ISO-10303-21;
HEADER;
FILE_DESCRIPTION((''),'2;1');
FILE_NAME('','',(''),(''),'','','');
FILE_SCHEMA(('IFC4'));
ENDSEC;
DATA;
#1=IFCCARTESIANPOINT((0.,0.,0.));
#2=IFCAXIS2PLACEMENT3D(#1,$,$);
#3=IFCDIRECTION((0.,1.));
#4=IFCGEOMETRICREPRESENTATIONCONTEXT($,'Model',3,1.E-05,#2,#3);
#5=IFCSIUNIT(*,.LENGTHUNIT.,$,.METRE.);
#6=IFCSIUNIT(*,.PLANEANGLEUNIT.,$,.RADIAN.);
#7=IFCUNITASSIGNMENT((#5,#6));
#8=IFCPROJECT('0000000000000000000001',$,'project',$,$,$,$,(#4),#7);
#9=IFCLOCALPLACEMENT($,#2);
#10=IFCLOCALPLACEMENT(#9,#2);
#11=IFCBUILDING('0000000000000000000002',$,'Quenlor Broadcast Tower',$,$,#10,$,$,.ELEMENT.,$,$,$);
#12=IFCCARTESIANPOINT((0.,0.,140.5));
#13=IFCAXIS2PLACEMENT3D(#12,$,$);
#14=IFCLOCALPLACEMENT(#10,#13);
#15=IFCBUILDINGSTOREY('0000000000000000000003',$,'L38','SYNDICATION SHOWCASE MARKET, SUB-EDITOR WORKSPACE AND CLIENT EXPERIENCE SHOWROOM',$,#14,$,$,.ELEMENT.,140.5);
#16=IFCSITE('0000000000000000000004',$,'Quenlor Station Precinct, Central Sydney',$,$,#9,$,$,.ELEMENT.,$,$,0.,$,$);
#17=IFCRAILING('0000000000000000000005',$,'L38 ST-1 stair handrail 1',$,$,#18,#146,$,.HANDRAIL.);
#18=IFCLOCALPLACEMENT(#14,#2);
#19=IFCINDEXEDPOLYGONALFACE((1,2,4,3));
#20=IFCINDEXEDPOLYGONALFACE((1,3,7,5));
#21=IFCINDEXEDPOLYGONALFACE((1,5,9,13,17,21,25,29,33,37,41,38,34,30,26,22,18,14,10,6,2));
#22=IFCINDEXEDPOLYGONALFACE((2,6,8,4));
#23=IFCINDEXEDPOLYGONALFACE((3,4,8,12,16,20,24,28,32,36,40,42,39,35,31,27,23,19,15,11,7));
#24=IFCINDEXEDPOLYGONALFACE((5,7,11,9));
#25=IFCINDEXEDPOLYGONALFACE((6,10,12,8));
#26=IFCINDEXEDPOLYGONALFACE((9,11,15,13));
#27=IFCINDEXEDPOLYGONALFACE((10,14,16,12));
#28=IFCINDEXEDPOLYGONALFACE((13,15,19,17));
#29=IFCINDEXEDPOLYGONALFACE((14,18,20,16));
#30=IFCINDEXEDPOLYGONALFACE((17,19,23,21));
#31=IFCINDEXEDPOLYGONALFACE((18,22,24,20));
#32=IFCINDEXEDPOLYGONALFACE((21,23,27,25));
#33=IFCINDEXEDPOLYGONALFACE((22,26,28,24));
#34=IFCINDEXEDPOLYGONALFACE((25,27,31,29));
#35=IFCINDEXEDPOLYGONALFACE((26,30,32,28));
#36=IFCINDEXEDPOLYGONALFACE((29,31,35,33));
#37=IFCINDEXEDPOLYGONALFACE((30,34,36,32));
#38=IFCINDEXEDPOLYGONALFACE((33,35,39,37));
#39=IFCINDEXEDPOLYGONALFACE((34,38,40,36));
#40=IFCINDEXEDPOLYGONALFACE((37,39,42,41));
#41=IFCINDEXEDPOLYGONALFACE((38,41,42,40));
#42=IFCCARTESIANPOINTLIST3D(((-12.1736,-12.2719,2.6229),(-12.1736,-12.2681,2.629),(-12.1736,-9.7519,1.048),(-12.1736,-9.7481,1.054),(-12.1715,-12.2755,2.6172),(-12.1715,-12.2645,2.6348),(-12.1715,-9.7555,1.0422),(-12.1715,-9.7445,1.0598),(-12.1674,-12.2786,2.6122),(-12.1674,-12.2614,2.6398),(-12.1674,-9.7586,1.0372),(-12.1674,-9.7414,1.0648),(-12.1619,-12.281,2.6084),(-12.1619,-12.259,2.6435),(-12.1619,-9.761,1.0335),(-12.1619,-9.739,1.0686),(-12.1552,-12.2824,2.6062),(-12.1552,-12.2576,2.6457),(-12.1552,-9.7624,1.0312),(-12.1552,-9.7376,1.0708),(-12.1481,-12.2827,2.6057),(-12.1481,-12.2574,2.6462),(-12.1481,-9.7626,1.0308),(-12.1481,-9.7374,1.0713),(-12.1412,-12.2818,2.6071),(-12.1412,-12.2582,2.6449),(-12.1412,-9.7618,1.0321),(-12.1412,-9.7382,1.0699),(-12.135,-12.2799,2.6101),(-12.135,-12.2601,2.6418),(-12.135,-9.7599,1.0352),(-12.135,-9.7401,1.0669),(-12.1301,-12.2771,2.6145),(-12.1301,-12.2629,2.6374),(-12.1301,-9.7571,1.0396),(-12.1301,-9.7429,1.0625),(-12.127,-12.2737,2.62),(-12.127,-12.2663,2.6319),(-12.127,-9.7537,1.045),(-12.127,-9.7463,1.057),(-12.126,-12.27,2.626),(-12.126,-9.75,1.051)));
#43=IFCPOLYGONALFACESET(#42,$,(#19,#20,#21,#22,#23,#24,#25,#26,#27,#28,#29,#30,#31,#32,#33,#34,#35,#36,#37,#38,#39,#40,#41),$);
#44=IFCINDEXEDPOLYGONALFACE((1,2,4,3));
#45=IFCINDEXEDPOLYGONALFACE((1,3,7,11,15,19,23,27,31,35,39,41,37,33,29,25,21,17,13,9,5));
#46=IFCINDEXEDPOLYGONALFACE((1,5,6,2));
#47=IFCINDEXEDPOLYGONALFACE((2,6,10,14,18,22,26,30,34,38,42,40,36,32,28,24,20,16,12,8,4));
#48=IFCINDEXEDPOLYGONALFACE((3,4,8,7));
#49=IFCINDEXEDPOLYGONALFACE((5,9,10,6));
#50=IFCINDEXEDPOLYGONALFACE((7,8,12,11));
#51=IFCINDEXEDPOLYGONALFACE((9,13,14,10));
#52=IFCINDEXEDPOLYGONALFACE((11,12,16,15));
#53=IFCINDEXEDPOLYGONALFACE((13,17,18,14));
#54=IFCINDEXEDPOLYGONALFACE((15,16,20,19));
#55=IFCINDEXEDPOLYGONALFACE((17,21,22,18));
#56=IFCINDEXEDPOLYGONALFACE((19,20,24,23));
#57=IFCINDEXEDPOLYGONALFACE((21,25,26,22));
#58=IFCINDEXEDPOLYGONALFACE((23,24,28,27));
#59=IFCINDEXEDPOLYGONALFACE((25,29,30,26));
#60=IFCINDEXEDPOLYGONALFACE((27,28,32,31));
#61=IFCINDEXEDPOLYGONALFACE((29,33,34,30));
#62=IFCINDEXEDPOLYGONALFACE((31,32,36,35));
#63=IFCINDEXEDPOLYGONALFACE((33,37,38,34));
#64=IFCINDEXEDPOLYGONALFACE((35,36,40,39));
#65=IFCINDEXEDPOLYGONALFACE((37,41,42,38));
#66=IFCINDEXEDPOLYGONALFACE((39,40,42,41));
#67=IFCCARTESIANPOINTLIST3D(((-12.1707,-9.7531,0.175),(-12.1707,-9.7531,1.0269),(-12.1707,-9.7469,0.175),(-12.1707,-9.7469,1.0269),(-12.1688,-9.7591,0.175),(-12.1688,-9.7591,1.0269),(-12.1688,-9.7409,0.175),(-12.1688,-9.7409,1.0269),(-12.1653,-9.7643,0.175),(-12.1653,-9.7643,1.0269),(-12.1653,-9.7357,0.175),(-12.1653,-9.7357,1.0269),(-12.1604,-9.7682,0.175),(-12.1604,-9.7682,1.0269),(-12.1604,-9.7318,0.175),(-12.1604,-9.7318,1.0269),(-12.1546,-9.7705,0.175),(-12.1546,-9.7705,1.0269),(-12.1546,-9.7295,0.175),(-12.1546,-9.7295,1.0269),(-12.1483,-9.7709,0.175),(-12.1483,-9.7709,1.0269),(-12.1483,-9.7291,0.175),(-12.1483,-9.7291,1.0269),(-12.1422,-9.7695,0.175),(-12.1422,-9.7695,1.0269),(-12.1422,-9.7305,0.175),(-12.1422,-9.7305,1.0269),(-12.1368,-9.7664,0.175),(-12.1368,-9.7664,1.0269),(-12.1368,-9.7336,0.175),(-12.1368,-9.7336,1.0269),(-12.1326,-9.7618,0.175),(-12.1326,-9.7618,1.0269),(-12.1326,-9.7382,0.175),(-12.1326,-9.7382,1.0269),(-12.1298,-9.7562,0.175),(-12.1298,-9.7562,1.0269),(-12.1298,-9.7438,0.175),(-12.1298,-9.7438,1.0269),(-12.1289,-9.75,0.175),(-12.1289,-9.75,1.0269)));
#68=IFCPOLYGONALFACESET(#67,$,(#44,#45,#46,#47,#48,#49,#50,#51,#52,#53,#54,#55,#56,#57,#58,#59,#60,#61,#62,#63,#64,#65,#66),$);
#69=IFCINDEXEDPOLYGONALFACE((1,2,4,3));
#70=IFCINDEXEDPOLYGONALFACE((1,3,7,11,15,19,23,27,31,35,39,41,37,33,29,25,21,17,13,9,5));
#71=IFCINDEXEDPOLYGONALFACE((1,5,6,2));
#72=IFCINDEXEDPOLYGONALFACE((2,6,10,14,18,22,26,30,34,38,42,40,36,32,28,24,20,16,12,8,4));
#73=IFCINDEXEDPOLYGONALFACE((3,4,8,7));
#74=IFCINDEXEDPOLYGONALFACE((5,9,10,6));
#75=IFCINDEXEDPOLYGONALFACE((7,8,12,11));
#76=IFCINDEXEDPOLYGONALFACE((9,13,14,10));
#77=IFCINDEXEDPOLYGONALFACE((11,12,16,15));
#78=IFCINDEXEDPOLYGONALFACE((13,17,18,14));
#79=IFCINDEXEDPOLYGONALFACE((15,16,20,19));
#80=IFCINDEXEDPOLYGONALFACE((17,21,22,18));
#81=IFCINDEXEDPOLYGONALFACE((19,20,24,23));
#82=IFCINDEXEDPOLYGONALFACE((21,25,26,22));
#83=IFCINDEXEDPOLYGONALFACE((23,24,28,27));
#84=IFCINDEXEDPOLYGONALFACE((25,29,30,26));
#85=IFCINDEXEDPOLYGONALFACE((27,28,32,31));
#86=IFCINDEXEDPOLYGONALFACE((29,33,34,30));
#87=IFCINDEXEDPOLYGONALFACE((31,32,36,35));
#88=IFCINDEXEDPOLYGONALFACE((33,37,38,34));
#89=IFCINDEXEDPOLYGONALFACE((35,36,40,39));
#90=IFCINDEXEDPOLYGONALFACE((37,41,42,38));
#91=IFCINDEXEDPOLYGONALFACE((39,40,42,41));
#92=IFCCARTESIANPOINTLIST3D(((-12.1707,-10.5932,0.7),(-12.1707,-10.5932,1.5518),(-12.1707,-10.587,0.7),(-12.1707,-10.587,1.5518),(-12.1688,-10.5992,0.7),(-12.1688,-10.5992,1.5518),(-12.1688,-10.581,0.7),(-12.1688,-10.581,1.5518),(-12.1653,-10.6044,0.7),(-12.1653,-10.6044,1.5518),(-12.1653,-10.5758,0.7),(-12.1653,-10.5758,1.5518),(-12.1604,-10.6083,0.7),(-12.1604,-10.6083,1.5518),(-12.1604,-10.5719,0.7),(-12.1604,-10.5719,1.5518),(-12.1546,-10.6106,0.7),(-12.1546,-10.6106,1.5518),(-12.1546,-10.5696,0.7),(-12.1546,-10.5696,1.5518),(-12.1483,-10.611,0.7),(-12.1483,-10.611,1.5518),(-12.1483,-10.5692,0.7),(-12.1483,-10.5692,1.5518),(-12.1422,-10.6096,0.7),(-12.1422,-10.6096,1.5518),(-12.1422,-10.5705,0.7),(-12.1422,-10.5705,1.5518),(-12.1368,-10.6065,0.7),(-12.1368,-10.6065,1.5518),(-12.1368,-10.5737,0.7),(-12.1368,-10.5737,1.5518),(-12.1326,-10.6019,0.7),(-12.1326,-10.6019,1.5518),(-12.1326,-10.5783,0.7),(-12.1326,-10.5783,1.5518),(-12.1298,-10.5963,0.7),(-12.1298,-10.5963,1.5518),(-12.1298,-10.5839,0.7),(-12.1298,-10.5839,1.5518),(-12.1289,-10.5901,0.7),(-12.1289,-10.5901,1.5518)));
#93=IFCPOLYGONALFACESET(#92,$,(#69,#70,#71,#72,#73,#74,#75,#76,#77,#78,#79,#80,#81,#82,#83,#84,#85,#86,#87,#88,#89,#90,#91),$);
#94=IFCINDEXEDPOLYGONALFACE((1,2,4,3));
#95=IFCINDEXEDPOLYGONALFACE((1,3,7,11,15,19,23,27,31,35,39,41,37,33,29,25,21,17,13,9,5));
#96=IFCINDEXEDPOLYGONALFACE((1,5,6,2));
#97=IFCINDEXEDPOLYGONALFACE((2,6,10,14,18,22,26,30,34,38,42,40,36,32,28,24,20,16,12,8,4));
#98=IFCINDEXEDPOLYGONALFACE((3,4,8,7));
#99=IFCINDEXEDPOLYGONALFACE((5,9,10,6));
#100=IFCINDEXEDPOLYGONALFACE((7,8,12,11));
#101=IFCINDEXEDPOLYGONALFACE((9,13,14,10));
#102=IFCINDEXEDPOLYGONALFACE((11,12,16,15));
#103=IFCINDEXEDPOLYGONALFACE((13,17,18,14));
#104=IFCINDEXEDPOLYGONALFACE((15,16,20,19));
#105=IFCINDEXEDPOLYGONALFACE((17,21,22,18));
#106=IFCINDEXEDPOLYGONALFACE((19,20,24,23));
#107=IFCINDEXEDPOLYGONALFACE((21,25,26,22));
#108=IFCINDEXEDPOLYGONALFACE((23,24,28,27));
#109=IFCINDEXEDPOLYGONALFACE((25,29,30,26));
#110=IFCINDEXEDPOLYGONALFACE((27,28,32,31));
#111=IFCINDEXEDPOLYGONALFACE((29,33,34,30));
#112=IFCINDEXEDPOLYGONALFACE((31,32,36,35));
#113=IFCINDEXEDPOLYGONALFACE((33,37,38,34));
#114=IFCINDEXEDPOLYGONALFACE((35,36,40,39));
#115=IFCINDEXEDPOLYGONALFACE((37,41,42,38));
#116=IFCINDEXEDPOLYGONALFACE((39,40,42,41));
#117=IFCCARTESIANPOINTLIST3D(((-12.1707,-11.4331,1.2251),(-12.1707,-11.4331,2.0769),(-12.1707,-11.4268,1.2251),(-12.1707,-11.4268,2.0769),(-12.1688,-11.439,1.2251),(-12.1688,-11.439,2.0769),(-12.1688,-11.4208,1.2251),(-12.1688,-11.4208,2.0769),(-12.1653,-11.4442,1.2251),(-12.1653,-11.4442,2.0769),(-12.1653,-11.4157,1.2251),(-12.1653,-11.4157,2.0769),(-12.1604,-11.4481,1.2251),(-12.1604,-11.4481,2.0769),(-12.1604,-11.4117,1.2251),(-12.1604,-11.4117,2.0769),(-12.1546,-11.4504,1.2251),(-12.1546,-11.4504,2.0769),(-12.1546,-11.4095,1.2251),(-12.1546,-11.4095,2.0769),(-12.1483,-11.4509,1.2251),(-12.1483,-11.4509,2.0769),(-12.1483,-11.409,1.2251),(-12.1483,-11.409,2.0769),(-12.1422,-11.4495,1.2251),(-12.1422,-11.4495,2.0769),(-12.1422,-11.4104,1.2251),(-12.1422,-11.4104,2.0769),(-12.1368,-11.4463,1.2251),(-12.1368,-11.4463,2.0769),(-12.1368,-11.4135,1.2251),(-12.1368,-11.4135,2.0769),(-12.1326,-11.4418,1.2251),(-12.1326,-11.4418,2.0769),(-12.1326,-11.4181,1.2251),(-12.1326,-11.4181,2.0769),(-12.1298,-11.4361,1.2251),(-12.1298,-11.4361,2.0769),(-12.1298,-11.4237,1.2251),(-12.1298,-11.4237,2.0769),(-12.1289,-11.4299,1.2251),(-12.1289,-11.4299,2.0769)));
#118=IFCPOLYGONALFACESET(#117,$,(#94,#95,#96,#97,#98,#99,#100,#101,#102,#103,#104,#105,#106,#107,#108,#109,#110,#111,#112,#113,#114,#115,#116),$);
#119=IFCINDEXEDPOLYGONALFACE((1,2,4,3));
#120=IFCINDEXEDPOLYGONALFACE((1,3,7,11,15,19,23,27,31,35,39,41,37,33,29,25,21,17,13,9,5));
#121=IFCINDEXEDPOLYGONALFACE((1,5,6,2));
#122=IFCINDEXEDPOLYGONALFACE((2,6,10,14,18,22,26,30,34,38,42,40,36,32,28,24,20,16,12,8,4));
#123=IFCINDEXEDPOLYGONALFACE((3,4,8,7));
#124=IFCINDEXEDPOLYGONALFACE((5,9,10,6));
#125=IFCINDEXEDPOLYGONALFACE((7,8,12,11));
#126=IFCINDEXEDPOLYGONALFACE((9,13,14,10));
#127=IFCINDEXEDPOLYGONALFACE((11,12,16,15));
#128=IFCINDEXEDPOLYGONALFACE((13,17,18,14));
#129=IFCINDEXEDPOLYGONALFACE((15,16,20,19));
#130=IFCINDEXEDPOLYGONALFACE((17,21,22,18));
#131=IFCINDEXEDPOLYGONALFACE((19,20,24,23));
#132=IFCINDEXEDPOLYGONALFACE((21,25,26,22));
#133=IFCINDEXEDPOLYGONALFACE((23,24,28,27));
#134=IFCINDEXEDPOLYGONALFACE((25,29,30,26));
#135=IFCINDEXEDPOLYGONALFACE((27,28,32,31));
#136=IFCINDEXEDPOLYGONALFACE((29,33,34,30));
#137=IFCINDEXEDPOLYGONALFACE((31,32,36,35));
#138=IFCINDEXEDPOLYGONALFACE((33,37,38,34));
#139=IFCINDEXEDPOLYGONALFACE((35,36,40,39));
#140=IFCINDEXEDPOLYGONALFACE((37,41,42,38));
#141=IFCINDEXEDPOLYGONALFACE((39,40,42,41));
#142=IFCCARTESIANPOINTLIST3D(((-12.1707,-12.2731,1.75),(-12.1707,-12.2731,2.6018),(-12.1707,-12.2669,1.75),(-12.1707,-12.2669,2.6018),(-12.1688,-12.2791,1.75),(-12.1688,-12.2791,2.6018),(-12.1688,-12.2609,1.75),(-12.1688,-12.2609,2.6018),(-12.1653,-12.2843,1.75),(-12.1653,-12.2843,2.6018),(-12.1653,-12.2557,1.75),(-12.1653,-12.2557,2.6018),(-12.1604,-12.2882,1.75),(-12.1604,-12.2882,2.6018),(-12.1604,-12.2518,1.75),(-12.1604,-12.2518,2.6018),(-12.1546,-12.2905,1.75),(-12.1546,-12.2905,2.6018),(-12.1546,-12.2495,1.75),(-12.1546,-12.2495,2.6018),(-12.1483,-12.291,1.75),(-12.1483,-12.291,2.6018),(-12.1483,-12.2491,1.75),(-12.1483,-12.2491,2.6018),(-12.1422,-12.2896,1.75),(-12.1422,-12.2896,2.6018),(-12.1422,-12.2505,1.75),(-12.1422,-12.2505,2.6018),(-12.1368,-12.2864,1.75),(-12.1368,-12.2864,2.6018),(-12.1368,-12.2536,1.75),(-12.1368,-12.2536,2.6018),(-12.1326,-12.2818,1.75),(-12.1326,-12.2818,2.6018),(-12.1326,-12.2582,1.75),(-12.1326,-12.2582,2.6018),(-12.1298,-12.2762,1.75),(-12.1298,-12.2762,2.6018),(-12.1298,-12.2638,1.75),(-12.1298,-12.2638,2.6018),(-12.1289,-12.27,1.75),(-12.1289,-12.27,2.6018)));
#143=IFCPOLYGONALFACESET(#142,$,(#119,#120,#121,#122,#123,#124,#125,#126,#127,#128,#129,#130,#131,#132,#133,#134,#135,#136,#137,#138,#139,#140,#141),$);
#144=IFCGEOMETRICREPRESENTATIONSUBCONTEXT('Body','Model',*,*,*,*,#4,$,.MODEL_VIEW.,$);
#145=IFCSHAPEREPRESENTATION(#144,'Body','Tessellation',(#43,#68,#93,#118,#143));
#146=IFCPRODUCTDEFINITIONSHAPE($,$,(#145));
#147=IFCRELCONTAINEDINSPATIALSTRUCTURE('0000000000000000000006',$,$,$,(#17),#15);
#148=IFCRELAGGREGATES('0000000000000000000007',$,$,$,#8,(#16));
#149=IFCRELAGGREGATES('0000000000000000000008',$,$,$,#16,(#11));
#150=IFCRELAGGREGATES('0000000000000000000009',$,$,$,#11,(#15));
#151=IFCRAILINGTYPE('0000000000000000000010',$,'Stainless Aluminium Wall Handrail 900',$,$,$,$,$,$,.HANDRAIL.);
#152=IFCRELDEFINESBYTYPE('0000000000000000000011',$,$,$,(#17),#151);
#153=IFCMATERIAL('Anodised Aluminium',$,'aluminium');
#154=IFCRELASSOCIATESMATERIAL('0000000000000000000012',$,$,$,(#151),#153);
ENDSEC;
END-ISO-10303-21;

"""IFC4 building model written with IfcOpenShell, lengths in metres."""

from ifc_helpers import new_model, si_unit, direction, frame, origin, origin_2d, place, context, subcontext, project, spatial, circle, extrude, material, type_object, element, save


model = new_model("IFC4")

# Units and contexts
model_context = context("Model", 3, precision=1e-05, world=origin(), true_north=direction((0.0, 1.0)))
body_context = subcontext(model_context, "Body", "Model", "MODEL_VIEW")
ifc_project = project(units=[si_unit("LENGTHUNIT", "METRE"), si_unit("PLANEANGLEUNIT", "RADIAN")], contexts=[model_context])

# Site, building, storey
site_placement = place(None, origin())
site = spatial("IfcSite", under=ifc_project, at=site_placement, Name="Quenlor Station Precinct, Central Sydney", CompositionType="ELEMENT", RefElevation=0.0)
building_placement = place(site_placement, origin())
building = spatial("IfcBuilding", under=site, at=building_placement, Name="Quenlor Broadcast Tower", CompositionType="ELEMENT")
storey_placement = place(building_placement, frame((0.0, 0.0, 140.5)))
storey = spatial("IfcBuildingStorey", under=building, at=storey_placement, Name="L38", Description="SYNDICATION SHOWCASE MARKET, SUB-EDITOR WORKSPACE AND CLIENT EXPERIENCE SHOWROOM", CompositionType="ELEMENT", Elevation=140.5)

# Railing
ifc_material_1 = material(Name="Anodised Aluminium", Category="aluminium")
railing_type_1 = type_object("IfcRailingType", Name="Stainless Aluminium Wall Handrail 900", PredefinedType="HANDRAIL", material=ifc_material_1)
railing_1_placement = place(storey_placement, frame((-12.1499, -9.75, 0.175)))
element("IfcRailing", 1, at=railing_1_placement, inside=storey, type_object=railing_type_1, Name="L38 ST-1 stair handrail 1", PredefinedType="HANDRAIL", context=body_context, shape_type="SweptSolid", body=[
    extrude(circle(Radius=0.0239, at=origin_2d()), frame((0.0, 0.0, 0.876), z_axis=(0.0, -0.848008, 0.529984), x_axis=(1.0, 0.0, 0.0)), (0.0, 0.0, 1.0), 2.9717),
    extrude(circle(Radius=0.021, at=origin_2d()), origin(), (0.0, 0.0, 1.0), 0.8518),
    extrude(circle(Radius=0.021, at=origin_2d()), frame((0.0, -0.8401, 0.5249)), (0.0, 0.0, 1.0), 0.8518),
    extrude(circle(Radius=0.021, at=origin_2d()), frame((0.0, -1.6799, 1.05)), (0.0, 0.0, 1.0), 0.8518),
    extrude(circle(Radius=0.021, at=origin_2d()), frame((0.0, -2.52, 1.575)), (0.0, 0.0, 1.0), 0.8518),
])

save(model, "model.ifc")
